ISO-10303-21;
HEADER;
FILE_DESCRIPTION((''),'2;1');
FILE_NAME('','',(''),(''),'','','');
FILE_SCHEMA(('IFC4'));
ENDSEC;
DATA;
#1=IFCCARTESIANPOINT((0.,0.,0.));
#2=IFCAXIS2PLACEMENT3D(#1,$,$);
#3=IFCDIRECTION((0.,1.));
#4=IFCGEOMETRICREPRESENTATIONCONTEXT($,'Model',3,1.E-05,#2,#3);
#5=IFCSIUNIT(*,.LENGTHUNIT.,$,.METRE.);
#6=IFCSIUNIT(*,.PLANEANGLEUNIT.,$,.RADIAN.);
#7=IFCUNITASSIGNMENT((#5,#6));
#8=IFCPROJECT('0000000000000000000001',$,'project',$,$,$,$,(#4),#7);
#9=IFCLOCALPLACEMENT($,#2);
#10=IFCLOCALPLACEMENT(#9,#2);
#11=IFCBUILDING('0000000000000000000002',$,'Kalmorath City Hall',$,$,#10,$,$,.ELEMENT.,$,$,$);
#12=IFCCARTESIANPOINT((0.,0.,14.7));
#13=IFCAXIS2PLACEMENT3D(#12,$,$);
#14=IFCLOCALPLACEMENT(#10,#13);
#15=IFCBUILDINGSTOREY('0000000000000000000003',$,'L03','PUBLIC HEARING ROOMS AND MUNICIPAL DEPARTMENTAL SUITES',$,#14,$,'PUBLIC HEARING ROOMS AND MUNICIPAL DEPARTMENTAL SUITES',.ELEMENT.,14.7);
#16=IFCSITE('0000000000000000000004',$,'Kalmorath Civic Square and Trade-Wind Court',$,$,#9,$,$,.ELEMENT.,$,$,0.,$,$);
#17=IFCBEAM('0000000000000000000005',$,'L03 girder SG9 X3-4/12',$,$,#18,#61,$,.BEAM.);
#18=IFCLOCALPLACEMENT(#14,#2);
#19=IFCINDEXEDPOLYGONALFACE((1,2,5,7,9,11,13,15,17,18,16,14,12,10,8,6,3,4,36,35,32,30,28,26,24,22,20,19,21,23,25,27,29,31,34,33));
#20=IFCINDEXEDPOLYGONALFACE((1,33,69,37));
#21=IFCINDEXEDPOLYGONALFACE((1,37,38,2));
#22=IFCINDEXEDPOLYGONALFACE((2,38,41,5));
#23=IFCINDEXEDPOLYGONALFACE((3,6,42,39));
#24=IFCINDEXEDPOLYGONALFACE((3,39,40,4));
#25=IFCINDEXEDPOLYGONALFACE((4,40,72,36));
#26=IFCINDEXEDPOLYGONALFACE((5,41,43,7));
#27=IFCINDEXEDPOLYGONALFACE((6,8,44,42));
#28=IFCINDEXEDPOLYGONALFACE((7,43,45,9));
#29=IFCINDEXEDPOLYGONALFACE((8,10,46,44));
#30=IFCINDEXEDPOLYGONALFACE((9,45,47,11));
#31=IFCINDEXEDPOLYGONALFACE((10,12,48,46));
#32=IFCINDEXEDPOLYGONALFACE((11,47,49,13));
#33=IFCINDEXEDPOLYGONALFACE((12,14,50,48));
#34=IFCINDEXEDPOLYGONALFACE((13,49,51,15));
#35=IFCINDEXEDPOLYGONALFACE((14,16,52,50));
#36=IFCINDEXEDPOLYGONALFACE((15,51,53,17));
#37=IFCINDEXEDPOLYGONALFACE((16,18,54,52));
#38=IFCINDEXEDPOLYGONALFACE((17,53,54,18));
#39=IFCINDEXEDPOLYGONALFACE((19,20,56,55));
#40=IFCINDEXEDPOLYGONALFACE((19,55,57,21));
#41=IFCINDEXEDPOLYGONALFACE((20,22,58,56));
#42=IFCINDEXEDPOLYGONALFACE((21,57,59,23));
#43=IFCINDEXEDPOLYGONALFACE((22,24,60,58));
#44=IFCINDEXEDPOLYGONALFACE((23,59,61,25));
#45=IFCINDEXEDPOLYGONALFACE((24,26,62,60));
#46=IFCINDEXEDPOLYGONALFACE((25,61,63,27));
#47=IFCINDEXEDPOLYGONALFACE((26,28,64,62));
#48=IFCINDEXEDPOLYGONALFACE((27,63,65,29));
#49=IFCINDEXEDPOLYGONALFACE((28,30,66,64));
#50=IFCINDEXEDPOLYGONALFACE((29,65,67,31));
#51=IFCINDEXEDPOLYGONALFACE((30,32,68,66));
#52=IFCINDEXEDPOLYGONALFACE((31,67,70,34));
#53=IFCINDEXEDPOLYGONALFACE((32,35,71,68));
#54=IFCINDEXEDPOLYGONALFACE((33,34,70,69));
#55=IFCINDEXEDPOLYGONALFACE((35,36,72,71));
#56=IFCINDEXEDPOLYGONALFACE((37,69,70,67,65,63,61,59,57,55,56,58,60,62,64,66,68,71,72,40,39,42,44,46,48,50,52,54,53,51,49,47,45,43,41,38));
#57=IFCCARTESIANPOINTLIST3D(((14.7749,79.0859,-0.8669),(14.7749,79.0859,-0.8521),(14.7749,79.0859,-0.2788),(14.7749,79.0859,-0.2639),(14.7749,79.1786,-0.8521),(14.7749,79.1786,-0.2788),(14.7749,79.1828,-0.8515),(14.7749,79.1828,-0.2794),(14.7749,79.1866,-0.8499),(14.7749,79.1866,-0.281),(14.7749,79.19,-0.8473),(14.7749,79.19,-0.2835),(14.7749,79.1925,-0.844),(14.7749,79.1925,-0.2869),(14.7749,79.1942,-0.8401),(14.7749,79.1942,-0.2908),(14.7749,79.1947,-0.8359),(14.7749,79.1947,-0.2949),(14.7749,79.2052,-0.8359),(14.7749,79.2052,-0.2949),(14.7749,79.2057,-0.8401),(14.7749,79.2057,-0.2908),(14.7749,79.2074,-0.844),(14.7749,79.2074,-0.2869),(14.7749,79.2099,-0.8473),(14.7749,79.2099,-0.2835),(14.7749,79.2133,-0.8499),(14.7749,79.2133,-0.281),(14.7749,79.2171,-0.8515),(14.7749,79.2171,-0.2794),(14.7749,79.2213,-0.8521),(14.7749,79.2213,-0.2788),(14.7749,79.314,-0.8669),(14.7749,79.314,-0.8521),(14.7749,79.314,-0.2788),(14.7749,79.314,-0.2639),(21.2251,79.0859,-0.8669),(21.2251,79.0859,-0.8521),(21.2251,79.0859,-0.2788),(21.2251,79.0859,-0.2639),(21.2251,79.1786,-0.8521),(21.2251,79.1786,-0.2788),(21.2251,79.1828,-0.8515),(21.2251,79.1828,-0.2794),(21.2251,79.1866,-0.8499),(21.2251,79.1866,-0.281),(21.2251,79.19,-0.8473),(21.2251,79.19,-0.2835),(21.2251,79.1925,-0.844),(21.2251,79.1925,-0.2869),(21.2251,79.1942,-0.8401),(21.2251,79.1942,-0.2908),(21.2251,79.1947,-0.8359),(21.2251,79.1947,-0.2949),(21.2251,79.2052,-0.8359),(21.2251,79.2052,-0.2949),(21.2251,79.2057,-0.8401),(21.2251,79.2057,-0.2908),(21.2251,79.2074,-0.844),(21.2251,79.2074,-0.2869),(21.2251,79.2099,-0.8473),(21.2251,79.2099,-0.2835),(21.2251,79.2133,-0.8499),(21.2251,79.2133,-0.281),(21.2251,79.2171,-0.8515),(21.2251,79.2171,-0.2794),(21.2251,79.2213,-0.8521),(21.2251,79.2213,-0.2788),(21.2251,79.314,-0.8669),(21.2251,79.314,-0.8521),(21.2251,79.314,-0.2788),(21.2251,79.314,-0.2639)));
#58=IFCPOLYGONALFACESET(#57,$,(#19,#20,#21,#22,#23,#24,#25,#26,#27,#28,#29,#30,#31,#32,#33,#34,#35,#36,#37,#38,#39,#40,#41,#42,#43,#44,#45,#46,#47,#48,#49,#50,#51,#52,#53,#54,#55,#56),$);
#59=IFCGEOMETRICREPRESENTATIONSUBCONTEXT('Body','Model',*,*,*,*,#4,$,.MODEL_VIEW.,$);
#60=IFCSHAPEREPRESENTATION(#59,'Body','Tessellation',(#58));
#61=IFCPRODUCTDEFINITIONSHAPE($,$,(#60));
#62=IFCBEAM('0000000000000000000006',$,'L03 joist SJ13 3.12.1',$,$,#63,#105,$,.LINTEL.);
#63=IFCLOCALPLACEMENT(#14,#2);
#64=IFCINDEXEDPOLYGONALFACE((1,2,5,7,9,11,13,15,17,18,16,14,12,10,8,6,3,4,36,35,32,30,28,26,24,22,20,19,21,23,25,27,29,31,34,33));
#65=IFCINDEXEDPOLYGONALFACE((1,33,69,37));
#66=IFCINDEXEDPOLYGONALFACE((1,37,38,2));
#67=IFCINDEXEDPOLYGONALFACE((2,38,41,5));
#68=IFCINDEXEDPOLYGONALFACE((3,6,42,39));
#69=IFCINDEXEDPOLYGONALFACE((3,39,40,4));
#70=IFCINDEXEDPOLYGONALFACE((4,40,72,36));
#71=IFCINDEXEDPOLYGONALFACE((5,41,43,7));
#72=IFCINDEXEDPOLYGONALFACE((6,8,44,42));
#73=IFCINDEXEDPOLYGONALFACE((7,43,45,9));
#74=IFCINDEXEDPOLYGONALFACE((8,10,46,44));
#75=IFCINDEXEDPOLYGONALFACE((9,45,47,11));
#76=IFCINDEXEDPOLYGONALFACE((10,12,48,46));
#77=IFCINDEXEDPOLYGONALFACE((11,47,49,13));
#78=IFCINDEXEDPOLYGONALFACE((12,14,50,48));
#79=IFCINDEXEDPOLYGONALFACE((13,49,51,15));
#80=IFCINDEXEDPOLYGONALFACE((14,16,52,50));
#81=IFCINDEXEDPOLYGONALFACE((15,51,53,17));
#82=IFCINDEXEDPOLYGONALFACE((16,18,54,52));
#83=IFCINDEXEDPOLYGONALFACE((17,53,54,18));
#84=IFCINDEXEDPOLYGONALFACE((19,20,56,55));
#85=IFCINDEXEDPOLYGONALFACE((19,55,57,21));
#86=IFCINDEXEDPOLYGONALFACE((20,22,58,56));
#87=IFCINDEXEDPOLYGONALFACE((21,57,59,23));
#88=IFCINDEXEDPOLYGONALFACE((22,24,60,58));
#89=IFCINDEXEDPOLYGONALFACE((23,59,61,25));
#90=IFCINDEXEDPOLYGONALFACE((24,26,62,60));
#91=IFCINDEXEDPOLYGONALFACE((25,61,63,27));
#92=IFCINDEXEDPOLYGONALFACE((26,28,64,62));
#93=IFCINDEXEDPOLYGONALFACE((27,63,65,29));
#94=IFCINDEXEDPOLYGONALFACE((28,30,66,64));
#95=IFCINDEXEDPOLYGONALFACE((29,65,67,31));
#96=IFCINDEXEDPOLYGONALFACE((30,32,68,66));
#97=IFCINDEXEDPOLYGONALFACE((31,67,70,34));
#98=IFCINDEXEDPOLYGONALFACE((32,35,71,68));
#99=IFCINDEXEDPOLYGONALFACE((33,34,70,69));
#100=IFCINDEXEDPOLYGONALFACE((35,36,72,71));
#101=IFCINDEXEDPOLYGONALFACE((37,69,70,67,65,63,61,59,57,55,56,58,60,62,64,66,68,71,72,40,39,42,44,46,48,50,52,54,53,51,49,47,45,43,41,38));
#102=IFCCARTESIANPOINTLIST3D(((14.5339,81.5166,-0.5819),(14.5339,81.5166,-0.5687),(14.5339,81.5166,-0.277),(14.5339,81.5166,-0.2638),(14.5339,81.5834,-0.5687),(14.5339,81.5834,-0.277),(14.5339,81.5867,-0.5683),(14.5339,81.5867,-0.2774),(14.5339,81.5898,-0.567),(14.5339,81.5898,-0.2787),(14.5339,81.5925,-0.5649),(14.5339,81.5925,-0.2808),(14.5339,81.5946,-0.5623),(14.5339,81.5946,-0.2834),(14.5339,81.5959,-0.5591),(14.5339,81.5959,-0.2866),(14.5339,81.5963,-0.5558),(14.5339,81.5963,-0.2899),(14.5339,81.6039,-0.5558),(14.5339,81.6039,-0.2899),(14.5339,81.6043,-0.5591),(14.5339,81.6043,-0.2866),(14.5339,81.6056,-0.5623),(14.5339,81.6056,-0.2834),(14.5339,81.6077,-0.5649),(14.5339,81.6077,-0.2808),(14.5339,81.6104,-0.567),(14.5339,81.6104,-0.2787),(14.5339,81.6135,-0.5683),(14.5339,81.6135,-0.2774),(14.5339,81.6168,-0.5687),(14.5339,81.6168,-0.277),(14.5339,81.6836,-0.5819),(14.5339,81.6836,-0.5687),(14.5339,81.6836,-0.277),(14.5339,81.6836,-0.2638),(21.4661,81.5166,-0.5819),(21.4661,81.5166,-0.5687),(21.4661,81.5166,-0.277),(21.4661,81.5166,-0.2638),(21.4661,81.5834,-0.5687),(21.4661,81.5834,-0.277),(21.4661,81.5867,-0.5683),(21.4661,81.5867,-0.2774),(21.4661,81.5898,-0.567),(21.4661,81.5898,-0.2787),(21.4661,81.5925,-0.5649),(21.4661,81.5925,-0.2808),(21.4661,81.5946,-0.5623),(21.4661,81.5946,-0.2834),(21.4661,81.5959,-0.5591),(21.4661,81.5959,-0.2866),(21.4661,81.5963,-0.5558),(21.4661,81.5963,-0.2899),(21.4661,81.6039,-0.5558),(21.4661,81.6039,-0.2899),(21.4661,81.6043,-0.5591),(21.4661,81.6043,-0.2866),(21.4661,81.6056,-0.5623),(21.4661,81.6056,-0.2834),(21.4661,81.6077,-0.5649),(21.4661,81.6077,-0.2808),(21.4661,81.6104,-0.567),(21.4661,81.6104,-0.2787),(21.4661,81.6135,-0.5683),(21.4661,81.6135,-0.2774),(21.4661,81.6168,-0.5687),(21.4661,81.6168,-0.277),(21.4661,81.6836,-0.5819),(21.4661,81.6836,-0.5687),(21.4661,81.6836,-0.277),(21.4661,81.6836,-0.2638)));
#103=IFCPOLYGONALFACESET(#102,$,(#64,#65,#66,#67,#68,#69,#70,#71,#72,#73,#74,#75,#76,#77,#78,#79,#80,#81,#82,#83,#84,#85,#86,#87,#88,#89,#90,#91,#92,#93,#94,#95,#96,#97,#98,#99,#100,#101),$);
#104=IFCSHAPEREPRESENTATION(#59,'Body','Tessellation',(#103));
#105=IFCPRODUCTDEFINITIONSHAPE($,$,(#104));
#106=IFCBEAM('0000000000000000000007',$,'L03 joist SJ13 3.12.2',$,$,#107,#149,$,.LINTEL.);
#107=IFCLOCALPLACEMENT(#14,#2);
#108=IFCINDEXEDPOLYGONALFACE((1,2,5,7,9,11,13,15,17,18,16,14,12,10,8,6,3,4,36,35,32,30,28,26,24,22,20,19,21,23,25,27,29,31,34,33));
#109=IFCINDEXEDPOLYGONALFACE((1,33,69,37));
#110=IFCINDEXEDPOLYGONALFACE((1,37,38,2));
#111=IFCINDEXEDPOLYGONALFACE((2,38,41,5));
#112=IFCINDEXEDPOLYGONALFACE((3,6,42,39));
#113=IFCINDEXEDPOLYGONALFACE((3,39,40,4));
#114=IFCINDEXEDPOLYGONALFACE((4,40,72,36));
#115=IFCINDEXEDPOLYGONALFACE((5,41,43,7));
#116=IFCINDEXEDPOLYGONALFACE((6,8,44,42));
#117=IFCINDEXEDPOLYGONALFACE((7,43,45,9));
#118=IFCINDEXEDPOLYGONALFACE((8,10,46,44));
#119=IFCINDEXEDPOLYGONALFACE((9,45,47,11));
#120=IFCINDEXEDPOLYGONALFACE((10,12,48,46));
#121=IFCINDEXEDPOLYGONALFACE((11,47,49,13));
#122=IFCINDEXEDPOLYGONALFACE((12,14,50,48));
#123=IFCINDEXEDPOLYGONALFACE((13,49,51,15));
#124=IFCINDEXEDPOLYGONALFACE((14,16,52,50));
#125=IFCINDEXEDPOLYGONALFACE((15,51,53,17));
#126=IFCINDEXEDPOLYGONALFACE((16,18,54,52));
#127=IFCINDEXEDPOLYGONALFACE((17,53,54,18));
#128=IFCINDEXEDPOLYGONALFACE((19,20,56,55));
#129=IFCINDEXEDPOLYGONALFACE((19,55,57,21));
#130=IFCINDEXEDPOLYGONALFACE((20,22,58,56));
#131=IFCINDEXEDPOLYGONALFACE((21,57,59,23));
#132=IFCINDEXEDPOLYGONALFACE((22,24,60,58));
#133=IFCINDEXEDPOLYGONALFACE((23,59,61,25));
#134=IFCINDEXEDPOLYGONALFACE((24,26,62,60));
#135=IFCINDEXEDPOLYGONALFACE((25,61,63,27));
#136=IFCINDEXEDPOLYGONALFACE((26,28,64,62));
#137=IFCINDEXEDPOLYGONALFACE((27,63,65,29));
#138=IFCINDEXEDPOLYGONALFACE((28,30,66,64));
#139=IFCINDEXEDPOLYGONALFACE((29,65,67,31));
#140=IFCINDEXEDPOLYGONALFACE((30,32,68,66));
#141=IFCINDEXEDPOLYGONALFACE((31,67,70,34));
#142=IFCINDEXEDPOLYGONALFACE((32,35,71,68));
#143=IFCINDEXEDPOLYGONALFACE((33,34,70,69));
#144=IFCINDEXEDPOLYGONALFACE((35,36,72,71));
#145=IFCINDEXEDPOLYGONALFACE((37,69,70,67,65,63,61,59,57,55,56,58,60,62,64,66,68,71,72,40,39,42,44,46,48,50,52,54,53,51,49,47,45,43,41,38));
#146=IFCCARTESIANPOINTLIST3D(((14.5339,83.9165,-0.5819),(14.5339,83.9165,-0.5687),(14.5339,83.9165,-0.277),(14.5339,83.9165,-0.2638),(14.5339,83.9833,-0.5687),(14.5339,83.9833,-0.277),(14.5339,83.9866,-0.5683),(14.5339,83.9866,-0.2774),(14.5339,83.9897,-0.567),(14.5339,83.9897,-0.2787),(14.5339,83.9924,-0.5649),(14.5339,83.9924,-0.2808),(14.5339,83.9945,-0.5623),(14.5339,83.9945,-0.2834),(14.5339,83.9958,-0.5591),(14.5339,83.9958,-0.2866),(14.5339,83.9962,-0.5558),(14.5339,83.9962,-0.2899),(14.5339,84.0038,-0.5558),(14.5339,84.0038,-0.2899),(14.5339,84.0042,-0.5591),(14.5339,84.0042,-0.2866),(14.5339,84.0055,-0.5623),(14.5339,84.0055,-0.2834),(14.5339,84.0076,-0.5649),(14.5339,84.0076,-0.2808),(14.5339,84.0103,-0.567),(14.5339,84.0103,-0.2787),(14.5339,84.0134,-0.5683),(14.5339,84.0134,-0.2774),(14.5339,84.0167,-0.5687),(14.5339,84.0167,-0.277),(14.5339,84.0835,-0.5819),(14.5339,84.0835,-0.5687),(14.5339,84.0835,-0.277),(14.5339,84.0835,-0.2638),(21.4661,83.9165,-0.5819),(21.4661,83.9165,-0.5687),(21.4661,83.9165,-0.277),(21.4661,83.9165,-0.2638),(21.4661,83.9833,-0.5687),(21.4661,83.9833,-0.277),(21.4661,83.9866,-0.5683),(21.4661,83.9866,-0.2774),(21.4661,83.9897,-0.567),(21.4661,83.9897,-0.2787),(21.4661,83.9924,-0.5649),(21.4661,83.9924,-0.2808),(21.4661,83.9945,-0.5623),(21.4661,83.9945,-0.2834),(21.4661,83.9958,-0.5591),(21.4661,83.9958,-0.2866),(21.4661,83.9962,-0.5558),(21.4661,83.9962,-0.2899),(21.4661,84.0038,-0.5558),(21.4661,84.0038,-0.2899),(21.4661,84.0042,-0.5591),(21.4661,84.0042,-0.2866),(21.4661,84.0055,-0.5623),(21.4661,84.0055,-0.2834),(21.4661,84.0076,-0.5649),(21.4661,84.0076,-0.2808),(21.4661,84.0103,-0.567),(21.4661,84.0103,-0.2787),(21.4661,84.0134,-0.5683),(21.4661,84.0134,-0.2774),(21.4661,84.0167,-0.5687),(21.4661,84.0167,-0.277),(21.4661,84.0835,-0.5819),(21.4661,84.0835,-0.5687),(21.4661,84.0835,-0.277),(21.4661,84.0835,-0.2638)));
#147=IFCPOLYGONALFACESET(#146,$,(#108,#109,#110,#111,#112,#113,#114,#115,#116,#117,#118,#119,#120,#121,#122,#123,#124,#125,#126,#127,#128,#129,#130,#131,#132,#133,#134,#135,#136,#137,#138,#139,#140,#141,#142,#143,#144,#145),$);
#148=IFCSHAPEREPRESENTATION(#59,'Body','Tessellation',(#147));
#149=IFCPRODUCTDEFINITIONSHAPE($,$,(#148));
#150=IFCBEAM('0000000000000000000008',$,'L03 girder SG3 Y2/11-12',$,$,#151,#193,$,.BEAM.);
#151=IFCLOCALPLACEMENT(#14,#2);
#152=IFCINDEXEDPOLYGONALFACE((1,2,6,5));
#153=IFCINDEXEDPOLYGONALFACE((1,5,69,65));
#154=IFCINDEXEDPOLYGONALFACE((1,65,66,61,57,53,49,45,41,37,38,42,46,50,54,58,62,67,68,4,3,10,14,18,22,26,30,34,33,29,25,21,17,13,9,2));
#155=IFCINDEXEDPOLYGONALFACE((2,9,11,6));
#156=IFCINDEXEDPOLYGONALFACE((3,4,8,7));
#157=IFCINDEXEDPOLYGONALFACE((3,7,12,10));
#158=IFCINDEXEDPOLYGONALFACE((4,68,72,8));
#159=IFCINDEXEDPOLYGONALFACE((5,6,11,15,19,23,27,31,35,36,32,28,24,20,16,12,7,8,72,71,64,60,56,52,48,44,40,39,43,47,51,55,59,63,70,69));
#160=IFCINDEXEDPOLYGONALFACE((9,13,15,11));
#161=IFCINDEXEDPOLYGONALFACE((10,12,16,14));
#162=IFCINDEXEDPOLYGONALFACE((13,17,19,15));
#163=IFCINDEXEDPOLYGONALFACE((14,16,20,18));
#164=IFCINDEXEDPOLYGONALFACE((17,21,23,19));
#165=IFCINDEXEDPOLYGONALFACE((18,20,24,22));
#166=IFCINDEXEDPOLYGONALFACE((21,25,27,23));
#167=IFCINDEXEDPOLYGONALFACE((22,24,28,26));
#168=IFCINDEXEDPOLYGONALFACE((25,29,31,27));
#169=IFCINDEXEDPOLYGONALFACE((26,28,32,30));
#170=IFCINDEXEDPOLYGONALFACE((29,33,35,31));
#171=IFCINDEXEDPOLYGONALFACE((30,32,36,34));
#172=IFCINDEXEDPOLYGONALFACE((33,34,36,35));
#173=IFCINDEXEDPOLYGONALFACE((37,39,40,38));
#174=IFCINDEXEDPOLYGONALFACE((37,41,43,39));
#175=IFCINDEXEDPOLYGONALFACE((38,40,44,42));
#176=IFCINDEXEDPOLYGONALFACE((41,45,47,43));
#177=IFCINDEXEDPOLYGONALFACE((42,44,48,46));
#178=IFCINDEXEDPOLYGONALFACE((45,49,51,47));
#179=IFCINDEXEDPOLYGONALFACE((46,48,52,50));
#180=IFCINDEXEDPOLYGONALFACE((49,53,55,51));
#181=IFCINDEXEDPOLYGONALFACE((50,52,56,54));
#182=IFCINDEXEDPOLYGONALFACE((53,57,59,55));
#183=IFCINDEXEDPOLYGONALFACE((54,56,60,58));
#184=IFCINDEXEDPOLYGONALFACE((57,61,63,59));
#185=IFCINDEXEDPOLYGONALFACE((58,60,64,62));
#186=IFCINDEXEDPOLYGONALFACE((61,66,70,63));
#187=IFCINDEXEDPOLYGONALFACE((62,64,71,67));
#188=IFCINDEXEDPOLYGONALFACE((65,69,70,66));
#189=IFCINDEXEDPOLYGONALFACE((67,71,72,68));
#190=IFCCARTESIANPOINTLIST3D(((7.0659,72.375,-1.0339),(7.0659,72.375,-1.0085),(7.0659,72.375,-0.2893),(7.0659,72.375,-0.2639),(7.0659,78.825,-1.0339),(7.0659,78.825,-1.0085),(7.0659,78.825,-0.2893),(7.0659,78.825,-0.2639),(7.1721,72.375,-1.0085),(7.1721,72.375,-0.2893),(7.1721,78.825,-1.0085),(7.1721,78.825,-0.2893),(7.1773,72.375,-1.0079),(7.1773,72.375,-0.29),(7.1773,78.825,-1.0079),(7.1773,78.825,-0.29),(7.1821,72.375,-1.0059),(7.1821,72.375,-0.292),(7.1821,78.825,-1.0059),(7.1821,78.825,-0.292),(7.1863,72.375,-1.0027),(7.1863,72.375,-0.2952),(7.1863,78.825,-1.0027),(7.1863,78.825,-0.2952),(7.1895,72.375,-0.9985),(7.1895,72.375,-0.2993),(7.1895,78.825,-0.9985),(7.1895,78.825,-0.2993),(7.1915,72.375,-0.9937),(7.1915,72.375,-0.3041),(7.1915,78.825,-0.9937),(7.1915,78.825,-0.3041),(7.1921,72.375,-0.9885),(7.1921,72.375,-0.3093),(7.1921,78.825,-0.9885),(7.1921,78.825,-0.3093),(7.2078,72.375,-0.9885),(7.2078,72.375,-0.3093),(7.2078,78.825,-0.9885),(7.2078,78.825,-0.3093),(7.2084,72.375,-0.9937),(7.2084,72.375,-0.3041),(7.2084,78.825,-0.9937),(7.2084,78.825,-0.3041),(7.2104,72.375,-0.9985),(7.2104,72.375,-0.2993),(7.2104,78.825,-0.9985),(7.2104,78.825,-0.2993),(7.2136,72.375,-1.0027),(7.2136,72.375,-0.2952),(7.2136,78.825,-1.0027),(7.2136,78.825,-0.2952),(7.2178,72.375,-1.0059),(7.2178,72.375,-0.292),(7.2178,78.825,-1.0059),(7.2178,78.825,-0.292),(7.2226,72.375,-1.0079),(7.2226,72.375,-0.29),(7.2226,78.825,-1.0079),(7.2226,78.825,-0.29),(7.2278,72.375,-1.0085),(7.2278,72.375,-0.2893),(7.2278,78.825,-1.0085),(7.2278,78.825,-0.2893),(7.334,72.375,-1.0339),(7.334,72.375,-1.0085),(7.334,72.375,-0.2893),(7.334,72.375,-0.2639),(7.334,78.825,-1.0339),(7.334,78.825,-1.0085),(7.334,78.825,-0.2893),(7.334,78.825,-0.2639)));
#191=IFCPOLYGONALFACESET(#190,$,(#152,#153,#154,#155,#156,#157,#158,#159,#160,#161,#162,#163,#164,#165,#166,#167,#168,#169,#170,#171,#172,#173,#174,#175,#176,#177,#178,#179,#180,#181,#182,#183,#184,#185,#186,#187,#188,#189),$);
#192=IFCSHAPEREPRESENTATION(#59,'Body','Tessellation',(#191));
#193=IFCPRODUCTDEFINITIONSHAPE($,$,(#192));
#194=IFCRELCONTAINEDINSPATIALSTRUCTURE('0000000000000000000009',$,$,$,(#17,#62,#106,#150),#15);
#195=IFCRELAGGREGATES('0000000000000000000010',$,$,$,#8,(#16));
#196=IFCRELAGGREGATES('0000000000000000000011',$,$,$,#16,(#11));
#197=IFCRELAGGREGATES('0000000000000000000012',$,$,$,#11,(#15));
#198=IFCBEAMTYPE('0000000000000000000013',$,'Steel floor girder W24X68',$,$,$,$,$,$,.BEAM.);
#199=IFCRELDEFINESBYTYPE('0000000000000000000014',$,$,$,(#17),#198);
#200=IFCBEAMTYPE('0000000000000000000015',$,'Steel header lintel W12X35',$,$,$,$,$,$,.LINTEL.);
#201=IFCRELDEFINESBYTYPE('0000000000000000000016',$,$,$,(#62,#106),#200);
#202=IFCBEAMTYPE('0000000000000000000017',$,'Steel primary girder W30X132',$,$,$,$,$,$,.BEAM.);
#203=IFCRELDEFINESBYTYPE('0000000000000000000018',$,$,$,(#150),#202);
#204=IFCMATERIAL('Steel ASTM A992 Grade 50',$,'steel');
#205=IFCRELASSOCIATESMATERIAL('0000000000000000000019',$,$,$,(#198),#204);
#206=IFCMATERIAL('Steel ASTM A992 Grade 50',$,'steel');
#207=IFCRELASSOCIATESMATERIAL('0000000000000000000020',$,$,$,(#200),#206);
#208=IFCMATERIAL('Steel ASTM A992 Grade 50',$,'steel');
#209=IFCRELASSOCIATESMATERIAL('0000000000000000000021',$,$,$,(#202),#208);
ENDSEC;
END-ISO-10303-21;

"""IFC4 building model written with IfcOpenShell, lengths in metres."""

from ifc_helpers import new_model, si_unit, direction, frame, origin, origin_2d, place, context, subcontext, project, spatial, i_section, extrude, material, material_profile, profile_set, type_object, element, save


model = new_model("IFC4")

# Units and contexts
model_context = context("Model", 3, precision=1e-05, world=origin(), true_north=direction((0.0, 1.0)))
body_context = subcontext(model_context, "Body", "Model", "MODEL_VIEW")
ifc_project = project(units=[si_unit("LENGTHUNIT", "METRE"), si_unit("PLANEANGLEUNIT", "RADIAN")], contexts=[model_context])

# Site, building, storey
site_placement = place(None, origin())
site = spatial("IfcSite", under=ifc_project, at=site_placement, Name="Kalmorath Civic Square and Trade-Wind Court", CompositionType="ELEMENT", RefElevation=0.0)
building_placement = place(site_placement, origin())
building = spatial("IfcBuilding", under=site, at=building_placement, Name="Kalmorath City Hall", CompositionType="ELEMENT")
storey_placement = place(building_placement, frame((0.0, 0.0, 14.7)))
storey = spatial("IfcBuildingStorey", under=building, at=storey_placement, Name="L03", Description="PUBLIC HEARING ROOMS AND MUNICIPAL DEPARTMENTAL SUITES", LongName="PUBLIC HEARING ROOMS AND MUNICIPAL DEPARTMENTAL SUITES", CompositionType="ELEMENT", Elevation=14.7)

# Beams
ifc_material_1 = material(Name="Steel ASTM A992 Grade 50", Category="steel")
ifc_material_profile_1 = material_profile(ifc_material_1, i_section(OverallWidth=0.228, OverallDepth=0.603, WebThickness=0.0105, FlangeThickness=0.0149, FilletRadius=0.0161, at=origin_2d()), Name="W24X68")
ifc_profile_set_1 = profile_set([ifc_material_profile_1], Name="Steel ASTM A992 Grade 50")
beam_type_1 = type_object("IfcBeamType", Name="Steel floor girder W24X68", PredefinedType="BEAM", material=ifc_profile_set_1)
beam_1_placement = place(storey_placement, frame((14.7749, 79.2, -0.5654), z_axis=(1.0, 0.0, 0.0), x_axis=(0.0, 1.0, 0.0)))
element("IfcBeam", 1, at=beam_1_placement, inside=storey, type_object=beam_type_1, Name="L03 girder SG9 X3-4/12", PredefinedType="BEAM", context=body_context, shape_type="SweptSolid", body=[
    extrude(i_section(OverallWidth=0.228, OverallDepth=0.603, WebThickness=0.0105, FlangeThickness=0.0149, FilletRadius=0.0161, at=origin_2d()), origin(), (0.0, 0.0, 1.0), 6.4502),
])
ifc_material_2 = material(Name="Steel ASTM A992 Grade 50", Category="steel")
ifc_material_profile_2 = material_profile(ifc_material_2, i_section(OverallWidth=0.167, OverallDepth=0.3181, WebThickness=0.0076, FlangeThickness=0.0132, FilletRadius=0.0129, at=origin_2d()), Name="W12X35")
ifc_profile_set_2 = profile_set([ifc_material_profile_2], Name="Steel ASTM A992 Grade 50")
beam_type_2 = type_object("IfcBeamType", Name="Steel header lintel W12X35", PredefinedType="LINTEL", material=ifc_profile_set_2)
for number, where, z_axis, x_axis, name in (
    (2, (14.5339, 81.6001, -0.4229), (1.0, 0.0, 0.0), (0.0, 1.0, 0.0), "L03 joist SJ13 3.12.1"),
    (3, (14.5339, 84.0, -0.4229), (1.0, 0.0, 0.0), (0.0, 1.0, 0.0), "L03 joist SJ13 3.12.2"),
):
    element("IfcBeam", number, at=place(storey_placement, frame(where, z_axis=z_axis, x_axis=x_axis)), inside=storey, type_object=beam_type_2, Name=name, PredefinedType="LINTEL", context=body_context, shape_type="SweptSolid", body=[
        extrude(i_section(OverallWidth=0.167, OverallDepth=0.3181, WebThickness=0.0076, FlangeThickness=0.0132, FilletRadius=0.0129, at=origin_2d()), origin(), (0.0, 0.0, 1.0), 6.9321),
    ])
ifc_material_3 = material(Name="Steel ASTM A992 Grade 50", Category="steel")
ifc_material_profile_3 = material_profile(ifc_material_3, i_section(OverallWidth=0.2681, OverallDepth=0.77, WebThickness=0.0156, FlangeThickness=0.0254, FilletRadius=0.02, at=origin_2d()), Name="W30X132")
ifc_profile_set_3 = profile_set([ifc_material_profile_3], Name="Steel ASTM A992 Grade 50")
beam_type_3 = type_object("IfcBeamType", Name="Steel primary girder W30X132", PredefinedType="BEAM", material=ifc_profile_set_3)
for number, where, z_axis, x_axis, name in (
    (4, (7.2, 72.375, -0.6489), (0.0, 1.0, 0.0), (-1.0, 0.0, 0.0), "L03 girder SG3 Y2/11-12"),
):
    element("IfcBeam", number, at=place(storey_placement, frame(where, z_axis=z_axis, x_axis=x_axis)), inside=storey, type_object=beam_type_3, Name=name, PredefinedType="BEAM", context=body_context, shape_type="SweptSolid", body=[
        extrude(i_section(OverallWidth=0.2681, OverallDepth=0.77, WebThickness=0.0156, FlangeThickness=0.0254, FilletRadius=0.02, at=origin_2d()), origin(), (0.0, 0.0, 1.0), 6.45),
    ])

save(model, "model.ifc")
